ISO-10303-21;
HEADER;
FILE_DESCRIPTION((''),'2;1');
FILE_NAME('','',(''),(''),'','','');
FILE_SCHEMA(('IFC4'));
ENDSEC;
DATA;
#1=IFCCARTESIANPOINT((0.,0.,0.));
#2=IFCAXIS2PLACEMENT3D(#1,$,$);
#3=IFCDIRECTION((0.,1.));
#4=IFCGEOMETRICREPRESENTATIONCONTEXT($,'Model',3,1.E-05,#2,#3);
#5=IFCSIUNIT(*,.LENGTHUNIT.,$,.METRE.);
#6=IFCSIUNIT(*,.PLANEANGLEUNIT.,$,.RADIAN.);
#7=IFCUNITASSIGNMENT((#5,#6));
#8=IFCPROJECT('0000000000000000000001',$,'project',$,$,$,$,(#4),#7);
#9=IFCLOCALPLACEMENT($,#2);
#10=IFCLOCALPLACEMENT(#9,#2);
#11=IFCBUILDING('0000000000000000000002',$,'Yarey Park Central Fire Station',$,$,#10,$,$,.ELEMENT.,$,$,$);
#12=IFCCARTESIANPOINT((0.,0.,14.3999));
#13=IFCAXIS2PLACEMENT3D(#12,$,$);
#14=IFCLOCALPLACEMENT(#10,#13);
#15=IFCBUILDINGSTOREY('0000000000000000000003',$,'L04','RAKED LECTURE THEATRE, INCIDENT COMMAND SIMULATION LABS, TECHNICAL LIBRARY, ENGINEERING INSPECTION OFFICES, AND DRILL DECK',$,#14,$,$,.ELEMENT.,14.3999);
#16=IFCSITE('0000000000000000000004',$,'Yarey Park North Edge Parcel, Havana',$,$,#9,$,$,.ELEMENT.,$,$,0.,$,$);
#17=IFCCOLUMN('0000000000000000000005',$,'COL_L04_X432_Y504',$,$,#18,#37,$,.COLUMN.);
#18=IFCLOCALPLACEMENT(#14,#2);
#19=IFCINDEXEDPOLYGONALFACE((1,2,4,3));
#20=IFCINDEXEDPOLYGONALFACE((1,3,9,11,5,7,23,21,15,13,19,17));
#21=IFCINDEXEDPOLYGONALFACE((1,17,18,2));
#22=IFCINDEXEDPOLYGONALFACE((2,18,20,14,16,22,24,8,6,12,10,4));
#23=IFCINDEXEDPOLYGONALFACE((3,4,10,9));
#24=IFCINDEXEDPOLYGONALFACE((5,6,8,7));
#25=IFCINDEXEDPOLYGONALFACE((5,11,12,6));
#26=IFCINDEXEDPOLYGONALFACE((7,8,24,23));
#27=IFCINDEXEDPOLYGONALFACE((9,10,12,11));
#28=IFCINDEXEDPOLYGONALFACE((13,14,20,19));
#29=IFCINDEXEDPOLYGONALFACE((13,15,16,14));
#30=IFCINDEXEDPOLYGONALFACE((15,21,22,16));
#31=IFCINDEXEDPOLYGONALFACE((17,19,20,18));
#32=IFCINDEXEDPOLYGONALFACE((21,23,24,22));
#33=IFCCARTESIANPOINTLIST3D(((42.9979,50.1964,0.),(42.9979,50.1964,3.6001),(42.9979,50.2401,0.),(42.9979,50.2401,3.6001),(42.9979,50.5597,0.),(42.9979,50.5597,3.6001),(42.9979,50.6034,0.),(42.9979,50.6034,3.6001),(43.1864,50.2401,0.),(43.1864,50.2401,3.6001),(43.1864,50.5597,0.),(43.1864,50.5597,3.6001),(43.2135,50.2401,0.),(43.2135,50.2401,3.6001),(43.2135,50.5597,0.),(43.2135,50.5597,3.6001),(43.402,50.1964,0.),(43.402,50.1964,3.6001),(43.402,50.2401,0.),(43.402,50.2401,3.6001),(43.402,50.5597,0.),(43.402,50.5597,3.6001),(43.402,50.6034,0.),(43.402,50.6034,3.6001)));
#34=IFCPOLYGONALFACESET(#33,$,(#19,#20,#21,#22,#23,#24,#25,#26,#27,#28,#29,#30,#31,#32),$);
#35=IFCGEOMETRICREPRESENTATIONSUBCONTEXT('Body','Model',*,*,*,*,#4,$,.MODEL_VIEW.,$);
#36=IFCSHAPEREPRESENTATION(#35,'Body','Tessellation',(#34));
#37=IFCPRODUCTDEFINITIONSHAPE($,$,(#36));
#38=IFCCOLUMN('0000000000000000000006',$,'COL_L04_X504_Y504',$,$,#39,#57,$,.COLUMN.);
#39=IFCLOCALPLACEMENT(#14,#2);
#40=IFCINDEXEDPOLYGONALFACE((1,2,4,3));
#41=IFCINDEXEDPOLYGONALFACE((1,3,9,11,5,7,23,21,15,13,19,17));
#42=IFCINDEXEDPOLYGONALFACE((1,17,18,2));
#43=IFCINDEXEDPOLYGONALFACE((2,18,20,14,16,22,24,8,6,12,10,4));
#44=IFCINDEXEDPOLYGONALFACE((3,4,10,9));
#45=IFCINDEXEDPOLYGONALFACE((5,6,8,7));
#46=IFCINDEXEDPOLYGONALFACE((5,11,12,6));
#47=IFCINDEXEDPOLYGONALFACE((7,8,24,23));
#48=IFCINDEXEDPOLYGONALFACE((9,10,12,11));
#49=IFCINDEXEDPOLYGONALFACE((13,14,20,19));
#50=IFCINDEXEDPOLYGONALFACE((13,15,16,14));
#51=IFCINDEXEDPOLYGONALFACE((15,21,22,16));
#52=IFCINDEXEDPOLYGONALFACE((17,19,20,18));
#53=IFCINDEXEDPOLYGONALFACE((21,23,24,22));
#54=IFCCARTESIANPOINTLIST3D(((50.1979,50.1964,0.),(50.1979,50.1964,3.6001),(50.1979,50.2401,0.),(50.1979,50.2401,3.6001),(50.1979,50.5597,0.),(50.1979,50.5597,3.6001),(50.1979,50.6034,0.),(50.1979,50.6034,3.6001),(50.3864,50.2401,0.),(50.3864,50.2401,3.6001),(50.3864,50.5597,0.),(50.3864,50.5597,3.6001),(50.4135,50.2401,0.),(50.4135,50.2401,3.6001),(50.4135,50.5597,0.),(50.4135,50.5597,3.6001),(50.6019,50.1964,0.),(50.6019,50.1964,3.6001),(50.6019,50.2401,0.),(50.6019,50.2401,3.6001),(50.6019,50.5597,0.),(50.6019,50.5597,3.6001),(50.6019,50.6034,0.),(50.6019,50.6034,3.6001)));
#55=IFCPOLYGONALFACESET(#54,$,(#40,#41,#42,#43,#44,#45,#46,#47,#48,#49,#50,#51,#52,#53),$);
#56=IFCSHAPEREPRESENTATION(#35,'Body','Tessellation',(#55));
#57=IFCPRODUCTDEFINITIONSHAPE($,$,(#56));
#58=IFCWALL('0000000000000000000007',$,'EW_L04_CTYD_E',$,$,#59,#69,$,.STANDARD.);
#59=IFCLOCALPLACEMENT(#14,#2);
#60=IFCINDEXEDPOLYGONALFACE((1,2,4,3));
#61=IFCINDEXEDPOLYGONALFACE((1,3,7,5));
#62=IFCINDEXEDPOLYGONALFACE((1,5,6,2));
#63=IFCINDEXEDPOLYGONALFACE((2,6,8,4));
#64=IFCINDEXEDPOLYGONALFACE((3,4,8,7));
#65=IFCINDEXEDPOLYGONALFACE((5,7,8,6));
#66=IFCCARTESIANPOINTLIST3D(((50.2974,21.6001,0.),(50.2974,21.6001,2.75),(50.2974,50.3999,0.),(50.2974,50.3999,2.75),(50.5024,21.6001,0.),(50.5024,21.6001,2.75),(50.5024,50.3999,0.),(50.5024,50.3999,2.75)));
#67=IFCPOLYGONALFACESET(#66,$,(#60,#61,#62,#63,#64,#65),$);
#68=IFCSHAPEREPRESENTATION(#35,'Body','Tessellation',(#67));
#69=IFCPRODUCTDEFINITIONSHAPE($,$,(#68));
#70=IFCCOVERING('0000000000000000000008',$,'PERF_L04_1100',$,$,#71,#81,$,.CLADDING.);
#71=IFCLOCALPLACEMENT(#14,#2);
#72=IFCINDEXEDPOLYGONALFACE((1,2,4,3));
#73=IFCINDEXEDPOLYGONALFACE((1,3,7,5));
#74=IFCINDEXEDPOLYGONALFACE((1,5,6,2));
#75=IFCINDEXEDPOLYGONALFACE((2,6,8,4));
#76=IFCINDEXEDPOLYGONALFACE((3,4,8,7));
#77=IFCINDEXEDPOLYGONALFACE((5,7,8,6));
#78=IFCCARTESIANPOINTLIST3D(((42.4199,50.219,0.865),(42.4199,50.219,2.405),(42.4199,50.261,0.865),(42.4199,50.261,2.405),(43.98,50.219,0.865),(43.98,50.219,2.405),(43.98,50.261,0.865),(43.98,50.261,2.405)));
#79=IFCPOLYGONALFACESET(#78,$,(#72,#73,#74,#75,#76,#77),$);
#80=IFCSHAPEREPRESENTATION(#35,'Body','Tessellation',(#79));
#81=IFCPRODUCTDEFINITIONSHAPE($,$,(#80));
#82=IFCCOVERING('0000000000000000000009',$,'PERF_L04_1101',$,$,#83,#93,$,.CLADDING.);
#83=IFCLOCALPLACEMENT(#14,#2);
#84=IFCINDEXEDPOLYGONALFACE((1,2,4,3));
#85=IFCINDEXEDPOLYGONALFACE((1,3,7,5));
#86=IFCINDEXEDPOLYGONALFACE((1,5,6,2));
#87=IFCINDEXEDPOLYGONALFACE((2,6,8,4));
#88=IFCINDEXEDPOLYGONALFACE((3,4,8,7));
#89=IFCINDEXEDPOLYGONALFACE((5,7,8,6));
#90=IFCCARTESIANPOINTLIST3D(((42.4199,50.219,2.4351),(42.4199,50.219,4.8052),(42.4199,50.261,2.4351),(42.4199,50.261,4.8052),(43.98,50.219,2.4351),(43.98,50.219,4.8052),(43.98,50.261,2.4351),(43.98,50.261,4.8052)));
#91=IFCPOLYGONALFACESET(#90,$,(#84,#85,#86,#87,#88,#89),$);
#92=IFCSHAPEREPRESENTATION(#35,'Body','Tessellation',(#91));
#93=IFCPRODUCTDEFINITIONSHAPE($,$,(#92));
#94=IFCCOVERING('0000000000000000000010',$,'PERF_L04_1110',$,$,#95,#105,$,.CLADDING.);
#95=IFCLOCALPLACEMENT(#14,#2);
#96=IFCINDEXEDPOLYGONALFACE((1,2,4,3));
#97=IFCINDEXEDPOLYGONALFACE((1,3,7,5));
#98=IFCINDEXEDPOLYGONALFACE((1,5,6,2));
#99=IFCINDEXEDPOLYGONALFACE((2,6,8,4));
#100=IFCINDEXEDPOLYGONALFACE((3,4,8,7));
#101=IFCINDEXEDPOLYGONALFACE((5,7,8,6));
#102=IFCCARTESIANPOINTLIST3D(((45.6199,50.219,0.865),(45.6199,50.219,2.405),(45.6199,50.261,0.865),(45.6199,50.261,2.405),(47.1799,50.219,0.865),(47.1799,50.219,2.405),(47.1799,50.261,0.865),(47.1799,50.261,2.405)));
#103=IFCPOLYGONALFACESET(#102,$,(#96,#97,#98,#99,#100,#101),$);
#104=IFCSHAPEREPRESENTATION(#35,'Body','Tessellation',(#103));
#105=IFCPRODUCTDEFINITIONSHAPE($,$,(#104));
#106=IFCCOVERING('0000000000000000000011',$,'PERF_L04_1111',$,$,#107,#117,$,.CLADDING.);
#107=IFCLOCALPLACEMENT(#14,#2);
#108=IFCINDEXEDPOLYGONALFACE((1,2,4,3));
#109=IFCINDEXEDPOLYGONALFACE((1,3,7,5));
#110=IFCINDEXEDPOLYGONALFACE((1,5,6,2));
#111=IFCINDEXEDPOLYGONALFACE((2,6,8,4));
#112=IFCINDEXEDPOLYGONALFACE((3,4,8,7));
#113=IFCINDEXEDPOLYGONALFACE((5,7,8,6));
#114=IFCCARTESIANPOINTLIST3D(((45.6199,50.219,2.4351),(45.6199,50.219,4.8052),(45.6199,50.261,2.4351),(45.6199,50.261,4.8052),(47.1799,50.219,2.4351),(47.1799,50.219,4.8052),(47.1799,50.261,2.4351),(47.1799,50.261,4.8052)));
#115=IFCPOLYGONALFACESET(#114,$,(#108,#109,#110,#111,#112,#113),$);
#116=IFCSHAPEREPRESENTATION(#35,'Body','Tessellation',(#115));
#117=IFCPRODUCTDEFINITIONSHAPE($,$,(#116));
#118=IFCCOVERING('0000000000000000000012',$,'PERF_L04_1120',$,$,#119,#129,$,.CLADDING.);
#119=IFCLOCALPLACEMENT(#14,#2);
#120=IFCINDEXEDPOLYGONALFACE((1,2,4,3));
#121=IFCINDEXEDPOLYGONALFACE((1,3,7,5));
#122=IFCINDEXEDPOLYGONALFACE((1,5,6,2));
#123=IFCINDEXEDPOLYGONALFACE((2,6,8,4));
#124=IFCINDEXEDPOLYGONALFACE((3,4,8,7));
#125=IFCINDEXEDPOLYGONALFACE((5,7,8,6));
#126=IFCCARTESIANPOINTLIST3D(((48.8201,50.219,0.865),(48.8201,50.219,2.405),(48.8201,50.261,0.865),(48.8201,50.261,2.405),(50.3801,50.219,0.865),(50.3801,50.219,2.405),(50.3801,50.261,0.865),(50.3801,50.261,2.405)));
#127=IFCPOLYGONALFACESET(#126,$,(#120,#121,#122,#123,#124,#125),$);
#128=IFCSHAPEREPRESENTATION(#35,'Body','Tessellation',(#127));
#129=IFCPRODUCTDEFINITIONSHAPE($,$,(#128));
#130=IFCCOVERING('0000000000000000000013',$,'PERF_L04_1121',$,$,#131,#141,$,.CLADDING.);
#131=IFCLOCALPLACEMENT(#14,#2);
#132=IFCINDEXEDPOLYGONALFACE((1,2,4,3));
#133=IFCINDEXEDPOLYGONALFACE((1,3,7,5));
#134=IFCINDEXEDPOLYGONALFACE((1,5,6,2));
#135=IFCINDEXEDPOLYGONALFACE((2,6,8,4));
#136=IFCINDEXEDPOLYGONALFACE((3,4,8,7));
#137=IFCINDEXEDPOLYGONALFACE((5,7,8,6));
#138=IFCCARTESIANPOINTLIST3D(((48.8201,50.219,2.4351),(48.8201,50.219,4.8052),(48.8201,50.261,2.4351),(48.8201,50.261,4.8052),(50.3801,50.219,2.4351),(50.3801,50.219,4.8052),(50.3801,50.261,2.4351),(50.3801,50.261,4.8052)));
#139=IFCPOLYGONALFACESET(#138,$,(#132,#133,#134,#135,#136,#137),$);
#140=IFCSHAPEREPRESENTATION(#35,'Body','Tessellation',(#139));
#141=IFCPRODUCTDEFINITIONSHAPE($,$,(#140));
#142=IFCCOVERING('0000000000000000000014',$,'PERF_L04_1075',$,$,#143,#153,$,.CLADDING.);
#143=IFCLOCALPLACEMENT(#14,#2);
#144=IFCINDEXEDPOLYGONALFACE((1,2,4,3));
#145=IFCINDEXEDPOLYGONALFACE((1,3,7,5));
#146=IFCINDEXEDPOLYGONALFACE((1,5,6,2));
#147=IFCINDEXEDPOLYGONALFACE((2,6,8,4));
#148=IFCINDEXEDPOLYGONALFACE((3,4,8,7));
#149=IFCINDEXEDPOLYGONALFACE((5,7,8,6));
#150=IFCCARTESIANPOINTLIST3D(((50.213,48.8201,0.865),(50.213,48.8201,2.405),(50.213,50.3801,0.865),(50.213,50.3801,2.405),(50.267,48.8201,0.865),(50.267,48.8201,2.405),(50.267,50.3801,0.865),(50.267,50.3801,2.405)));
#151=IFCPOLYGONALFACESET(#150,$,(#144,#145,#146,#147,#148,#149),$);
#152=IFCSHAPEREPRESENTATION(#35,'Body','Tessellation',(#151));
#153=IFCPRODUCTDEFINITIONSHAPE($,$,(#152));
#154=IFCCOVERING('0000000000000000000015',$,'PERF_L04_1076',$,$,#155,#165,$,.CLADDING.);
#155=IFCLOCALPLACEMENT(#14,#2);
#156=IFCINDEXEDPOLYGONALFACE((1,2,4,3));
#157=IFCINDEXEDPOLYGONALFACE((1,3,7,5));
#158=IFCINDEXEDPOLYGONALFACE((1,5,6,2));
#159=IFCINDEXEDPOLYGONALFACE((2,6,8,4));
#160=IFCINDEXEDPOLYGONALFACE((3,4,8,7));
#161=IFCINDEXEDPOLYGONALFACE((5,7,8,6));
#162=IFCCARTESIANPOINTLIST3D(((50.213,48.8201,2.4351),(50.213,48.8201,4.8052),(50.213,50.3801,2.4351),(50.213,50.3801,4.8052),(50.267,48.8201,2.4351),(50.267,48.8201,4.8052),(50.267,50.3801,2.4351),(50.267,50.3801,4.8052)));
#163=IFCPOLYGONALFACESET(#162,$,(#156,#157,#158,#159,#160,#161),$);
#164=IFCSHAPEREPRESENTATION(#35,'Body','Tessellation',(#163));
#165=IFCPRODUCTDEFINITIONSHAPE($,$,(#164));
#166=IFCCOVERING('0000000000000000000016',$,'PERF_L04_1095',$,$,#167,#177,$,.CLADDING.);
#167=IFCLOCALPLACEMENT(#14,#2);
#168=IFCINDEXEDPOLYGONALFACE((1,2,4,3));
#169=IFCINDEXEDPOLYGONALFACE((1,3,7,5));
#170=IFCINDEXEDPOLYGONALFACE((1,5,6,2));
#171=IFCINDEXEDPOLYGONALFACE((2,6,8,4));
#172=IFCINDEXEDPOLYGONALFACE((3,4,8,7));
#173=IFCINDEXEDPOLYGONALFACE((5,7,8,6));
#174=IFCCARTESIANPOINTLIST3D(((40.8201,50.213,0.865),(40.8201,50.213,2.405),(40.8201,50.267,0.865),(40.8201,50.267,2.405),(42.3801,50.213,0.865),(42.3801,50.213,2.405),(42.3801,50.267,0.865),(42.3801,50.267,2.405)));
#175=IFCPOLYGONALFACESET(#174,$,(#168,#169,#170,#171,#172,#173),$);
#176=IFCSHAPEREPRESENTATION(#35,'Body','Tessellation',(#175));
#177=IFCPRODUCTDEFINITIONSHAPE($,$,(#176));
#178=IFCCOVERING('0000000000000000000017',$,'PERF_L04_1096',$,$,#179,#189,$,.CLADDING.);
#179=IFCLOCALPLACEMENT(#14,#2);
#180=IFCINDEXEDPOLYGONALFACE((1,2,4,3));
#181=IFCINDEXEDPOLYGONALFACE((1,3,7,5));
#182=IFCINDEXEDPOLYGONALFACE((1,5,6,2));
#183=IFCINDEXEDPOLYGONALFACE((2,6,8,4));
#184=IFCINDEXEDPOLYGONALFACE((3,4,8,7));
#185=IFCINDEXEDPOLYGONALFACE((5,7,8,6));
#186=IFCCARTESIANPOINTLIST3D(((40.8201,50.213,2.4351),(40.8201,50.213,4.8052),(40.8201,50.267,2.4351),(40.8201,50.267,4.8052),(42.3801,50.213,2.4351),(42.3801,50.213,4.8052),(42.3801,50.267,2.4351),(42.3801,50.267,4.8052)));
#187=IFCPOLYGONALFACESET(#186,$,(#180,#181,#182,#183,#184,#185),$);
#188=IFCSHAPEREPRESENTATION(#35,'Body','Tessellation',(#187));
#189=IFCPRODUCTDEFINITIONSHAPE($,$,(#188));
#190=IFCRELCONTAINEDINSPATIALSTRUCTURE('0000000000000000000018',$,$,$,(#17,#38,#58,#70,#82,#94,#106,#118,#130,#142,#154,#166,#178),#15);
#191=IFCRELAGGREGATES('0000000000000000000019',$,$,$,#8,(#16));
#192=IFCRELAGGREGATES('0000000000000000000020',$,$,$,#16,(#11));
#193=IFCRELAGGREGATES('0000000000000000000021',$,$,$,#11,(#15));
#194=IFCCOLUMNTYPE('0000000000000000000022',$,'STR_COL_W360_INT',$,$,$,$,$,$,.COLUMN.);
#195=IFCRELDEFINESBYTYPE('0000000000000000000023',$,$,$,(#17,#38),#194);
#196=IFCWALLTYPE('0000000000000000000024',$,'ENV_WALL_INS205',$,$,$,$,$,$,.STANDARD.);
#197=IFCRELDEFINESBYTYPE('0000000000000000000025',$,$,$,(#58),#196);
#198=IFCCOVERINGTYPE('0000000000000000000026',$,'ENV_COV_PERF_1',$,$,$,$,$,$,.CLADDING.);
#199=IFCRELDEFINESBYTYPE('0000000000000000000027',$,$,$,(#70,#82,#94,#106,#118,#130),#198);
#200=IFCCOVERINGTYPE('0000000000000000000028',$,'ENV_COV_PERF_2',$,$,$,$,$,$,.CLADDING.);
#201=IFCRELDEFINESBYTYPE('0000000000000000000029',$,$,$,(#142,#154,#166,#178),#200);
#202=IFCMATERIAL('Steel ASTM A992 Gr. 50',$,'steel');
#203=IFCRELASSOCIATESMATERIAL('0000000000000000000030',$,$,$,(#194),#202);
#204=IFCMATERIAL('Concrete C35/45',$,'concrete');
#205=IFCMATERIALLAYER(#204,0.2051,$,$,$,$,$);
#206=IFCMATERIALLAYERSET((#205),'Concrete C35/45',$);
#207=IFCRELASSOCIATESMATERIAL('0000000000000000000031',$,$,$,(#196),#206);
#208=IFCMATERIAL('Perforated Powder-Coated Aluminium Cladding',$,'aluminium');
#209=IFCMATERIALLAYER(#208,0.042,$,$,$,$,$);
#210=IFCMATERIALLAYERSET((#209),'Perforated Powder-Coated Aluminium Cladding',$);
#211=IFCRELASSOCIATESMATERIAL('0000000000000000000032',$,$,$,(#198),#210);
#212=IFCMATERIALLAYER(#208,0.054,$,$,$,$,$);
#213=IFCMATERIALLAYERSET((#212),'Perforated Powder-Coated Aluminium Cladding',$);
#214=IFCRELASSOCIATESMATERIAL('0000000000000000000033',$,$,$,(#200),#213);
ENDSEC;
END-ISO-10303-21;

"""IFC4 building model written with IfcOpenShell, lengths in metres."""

from ifc_helpers import new_model, si_unit, direction, frame, frame_2d, origin, origin_2d, place, context, subcontext, project, spatial, rectangle, i_section, extrude, material, layer, layer_set, material_profile, profile_set, type_object, element, save


model = new_model("IFC4")

# Units and contexts
model_context = context("Model", 3, precision=1e-05, world=origin(), true_north=direction((0.0, 1.0)))
body_context = subcontext(model_context, "Body", "Model", "MODEL_VIEW")
ifc_project = project(units=[si_unit("LENGTHUNIT", "METRE"), si_unit("PLANEANGLEUNIT", "RADIAN")], contexts=[model_context])

# Site, building, storey
site_placement = place(None, origin())
site = spatial("IfcSite", under=ifc_project, at=site_placement, Name="Yarey Park North Edge Parcel, Havana", CompositionType="ELEMENT", RefElevation=0.0)
building_placement = place(site_placement, origin())
building = spatial("IfcBuilding", under=site, at=building_placement, Name="Yarey Park Central Fire Station", CompositionType="ELEMENT")
storey_placement = place(building_placement, frame((0.0, 0.0, 14.3999)))
storey = spatial("IfcBuildingStorey", under=building, at=storey_placement, Name="L04", Description="RAKED LECTURE THEATRE, INCIDENT COMMAND SIMULATION LABS, TECHNICAL LIBRARY, ENGINEERING INSPECTION OFFICES, AND DRILL DECK", CompositionType="ELEMENT", Elevation=14.3999)

# Columns
ifc_material_1 = material(Name="Steel ASTM A992 Gr. 50", Category="steel")
ifc_material_profile = material_profile(ifc_material_1, i_section(OverallWidth=0.4041, OverallDepth=0.407, WebThickness=0.0271, FlangeThickness=0.0437, at=origin_2d()), Name="W360x347")
ifc_profile_set = profile_set([ifc_material_profile], Name="Steel ASTM A992 Gr. 50")
column_type = type_object("IfcColumnType", Name="STR_COL_W360_INT", PredefinedType="COLUMN", material=ifc_profile_set)
for number, where, z_axis, x_axis, name in (
    (1, (43.2, 50.3999, 0.0), (0.0, 0.0, 1.0), (1.0, 0.0, 0.0), "COL_L04_X432_Y504"),
    (2, (50.3999, 50.3999, 0.0), (0.0, 0.0, 1.0), (1.0, 0.0, 0.0), "COL_L04_X504_Y504"),
):
    element("IfcColumn", number, at=place(storey_placement, frame(where, z_axis=z_axis, x_axis=x_axis)), inside=storey, type_object=column_type, Name=name, PredefinedType="COLUMN", context=body_context, shape_type="SweptSolid", body=[
        extrude(i_section(OverallWidth=0.4041, OverallDepth=0.407, WebThickness=0.0271, FlangeThickness=0.0437, at=origin_2d()), origin(), (0.0, 0.0, 1.0), 3.6001),
    ])

# Wall
ifc_material_2 = material(Name="Concrete C35/45", Category="concrete")
ifc_layer_1 = layer(ifc_material_2, 0.2051)
ifc_layer_set_1 = layer_set([ifc_layer_1], Name="Concrete C35/45")
wall_type = type_object("IfcWallType", Name="ENV_WALL_INS205", PredefinedType="STANDARD", material=ifc_layer_set_1)
wall_placement = place(storey_placement, frame((50.3999, 50.3999, 0.0), z_axis=(0.0, 0.0, 1.0), x_axis=(0.0, -1.0, 0.0)))
element("IfcWall", 3, at=wall_placement, inside=storey, type_object=wall_type, Name="EW_L04_CTYD_E", PredefinedType="STANDARD", context=body_context, shape_type="SweptSolid", body=[
    extrude(rectangle(XDim=28.7998, YDim=0.2051, at=frame_2d((14.3999, 0.0))), origin(), (0.0, 0.0, 1.0), 2.75),
])

# Coverings
ifc_material_3 = material(Name="Perforated Powder-Coated Aluminium Cladding", Category="aluminium")
ifc_layer_2 = layer(ifc_material_3, 0.042)
ifc_layer_set_2 = layer_set([ifc_layer_2], Name="Perforated Powder-Coated Aluminium Cladding")
covering_type_1 = type_object("IfcCoveringType", Name="ENV_COV_PERF_1", PredefinedType="CLADDING", material=ifc_layer_set_2)
covering_1_placement = place(storey_placement, frame((43.2, 50.24, 0.865), z_axis=(0.0, 0.0, 1.0), x_axis=(1.0, 0.0, 0.0)))
element("IfcCovering", 4, at=covering_1_placement, inside=storey, type_object=covering_type_1, Name="PERF_L04_1100", PredefinedType="CLADDING", context=body_context, shape_type="SweptSolid", body=[
    extrude(rectangle(XDim=1.5601, YDim=0.042, at=origin_2d()), origin(), (0.0, 0.0, 1.0), 1.54),
])
covering_2_placement = place(storey_placement, frame((43.2, 50.24, 2.4351), z_axis=(0.0, 0.0, 1.0), x_axis=(1.0, 0.0, 0.0)))
element("IfcCovering", 5, at=covering_2_placement, inside=storey, type_object=covering_type_1, Name="PERF_L04_1101", PredefinedType="CLADDING", context=body_context, shape_type="SweptSolid", body=[
    extrude(rectangle(XDim=1.5601, YDim=0.042, at=origin_2d()), origin(), (0.0, 0.0, 1.0), 2.3701),
])
covering_3_placement = place(storey_placement, frame((46.3999, 50.24, 0.865), z_axis=(0.0, 0.0, 1.0), x_axis=(1.0, 0.0, 0.0)))
element("IfcCovering", 6, at=covering_3_placement, inside=storey, type_object=covering_type_1, Name="PERF_L04_1110", PredefinedType="CLADDING", context=body_context, shape_type="SweptSolid", body=[
    extrude(rectangle(XDim=1.5601, YDim=0.042, at=origin_2d()), origin(), (0.0, 0.0, 1.0), 1.54),
])
covering_4_placement = place(storey_placement, frame((46.3999, 50.24, 2.4351), z_axis=(0.0, 0.0, 1.0), x_axis=(1.0, 0.0, 0.0)))
element("IfcCovering", 7, at=covering_4_placement, inside=storey, type_object=covering_type_1, Name="PERF_L04_1111", PredefinedType="CLADDING", context=body_context, shape_type="SweptSolid", body=[
    extrude(rectangle(XDim=1.5601, YDim=0.042, at=origin_2d()), origin(), (0.0, 0.0, 1.0), 2.3701),
])
covering_5_placement = place(storey_placement, frame((49.6001, 50.24, 0.865), z_axis=(0.0, 0.0, 1.0), x_axis=(1.0, 0.0, 0.0)))
element("IfcCovering", 8, at=covering_5_placement, inside=storey, type_object=covering_type_1, Name="PERF_L04_1120", PredefinedType="CLADDING", context=body_context, shape_type="SweptSolid", body=[
    extrude(rectangle(XDim=1.5601, YDim=0.042, at=origin_2d()), origin(), (0.0, 0.0, 1.0), 1.54),
])
covering_6_placement = place(storey_placement, frame((49.6001, 50.24, 2.4351), z_axis=(0.0, 0.0, 1.0), x_axis=(1.0, 0.0, 0.0)))
element("IfcCovering", 9, at=covering_6_placement, inside=storey, type_object=covering_type_1, Name="PERF_L04_1121", PredefinedType="CLADDING", context=body_context, shape_type="SweptSolid", body=[
    extrude(rectangle(XDim=1.5601, YDim=0.042, at=origin_2d()), origin(), (0.0, 0.0, 1.0), 2.3701),
])
ifc_layer_3 = layer(ifc_material_3, 0.054)
ifc_layer_set_3 = layer_set([ifc_layer_3], Name="Perforated Powder-Coated Aluminium Cladding")
covering_type_2 = type_object("IfcCoveringType", Name="ENV_COV_PERF_2", PredefinedType="CLADDING", material=ifc_layer_set_3)
covering_7_placement = place(storey_placement, frame((50.24, 49.6001, 0.865), z_axis=(0.0, 0.0, 1.0), x_axis=(0.0, 1.0, 0.0)))
element("IfcCovering", 10, at=covering_7_placement, inside=storey, type_object=covering_type_2, Name="PERF_L04_1075", PredefinedType="CLADDING", context=body_context, shape_type="SweptSolid", body=[
    extrude(rectangle(XDim=1.5601, YDim=0.054, at=origin_2d()), origin(), (0.0, 0.0, 1.0), 1.54),
])
covering_8_placement = place(storey_placement, frame((50.24, 49.6001, 2.4351), z_axis=(0.0, 0.0, 1.0), x_axis=(0.0, 1.0, 0.0)))
element("IfcCovering", 11, at=covering_8_placement, inside=storey, type_object=covering_type_2, Name="PERF_L04_1076", PredefinedType="CLADDING", context=body_context, shape_type="SweptSolid", body=[
    extrude(rectangle(XDim=1.5601, YDim=0.054, at=origin_2d()), origin(), (0.0, 0.0, 1.0), 2.3701),
])
covering_9_placement = place(storey_placement, frame((41.6001, 50.24, 0.865), z_axis=(0.0, 0.0, 1.0), x_axis=(1.0, 0.0, 0.0)))
element("IfcCovering", 12, at=covering_9_placement, inside=storey, type_object=covering_type_2, Name="PERF_L04_1095", PredefinedType="CLADDING", context=body_context, shape_type="SweptSolid", body=[
    extrude(rectangle(XDim=1.5601, YDim=0.054, at=origin_2d()), origin(), (0.0, 0.0, 1.0), 1.54),
])
covering_10_placement = place(storey_placement, frame((41.6001, 50.24, 2.4351), z_axis=(0.0, 0.0, 1.0), x_axis=(1.0, 0.0, 0.0)))
element("IfcCovering", 13, at=covering_10_placement, inside=storey, type_object=covering_type_2, Name="PERF_L04_1096", PredefinedType="CLADDING", context=body_context, shape_type="SweptSolid", body=[
    extrude(rectangle(XDim=1.5601, YDim=0.054, at=origin_2d()), origin(), (0.0, 0.0, 1.0), 2.3701),
])

save(model, "model.ifc")
